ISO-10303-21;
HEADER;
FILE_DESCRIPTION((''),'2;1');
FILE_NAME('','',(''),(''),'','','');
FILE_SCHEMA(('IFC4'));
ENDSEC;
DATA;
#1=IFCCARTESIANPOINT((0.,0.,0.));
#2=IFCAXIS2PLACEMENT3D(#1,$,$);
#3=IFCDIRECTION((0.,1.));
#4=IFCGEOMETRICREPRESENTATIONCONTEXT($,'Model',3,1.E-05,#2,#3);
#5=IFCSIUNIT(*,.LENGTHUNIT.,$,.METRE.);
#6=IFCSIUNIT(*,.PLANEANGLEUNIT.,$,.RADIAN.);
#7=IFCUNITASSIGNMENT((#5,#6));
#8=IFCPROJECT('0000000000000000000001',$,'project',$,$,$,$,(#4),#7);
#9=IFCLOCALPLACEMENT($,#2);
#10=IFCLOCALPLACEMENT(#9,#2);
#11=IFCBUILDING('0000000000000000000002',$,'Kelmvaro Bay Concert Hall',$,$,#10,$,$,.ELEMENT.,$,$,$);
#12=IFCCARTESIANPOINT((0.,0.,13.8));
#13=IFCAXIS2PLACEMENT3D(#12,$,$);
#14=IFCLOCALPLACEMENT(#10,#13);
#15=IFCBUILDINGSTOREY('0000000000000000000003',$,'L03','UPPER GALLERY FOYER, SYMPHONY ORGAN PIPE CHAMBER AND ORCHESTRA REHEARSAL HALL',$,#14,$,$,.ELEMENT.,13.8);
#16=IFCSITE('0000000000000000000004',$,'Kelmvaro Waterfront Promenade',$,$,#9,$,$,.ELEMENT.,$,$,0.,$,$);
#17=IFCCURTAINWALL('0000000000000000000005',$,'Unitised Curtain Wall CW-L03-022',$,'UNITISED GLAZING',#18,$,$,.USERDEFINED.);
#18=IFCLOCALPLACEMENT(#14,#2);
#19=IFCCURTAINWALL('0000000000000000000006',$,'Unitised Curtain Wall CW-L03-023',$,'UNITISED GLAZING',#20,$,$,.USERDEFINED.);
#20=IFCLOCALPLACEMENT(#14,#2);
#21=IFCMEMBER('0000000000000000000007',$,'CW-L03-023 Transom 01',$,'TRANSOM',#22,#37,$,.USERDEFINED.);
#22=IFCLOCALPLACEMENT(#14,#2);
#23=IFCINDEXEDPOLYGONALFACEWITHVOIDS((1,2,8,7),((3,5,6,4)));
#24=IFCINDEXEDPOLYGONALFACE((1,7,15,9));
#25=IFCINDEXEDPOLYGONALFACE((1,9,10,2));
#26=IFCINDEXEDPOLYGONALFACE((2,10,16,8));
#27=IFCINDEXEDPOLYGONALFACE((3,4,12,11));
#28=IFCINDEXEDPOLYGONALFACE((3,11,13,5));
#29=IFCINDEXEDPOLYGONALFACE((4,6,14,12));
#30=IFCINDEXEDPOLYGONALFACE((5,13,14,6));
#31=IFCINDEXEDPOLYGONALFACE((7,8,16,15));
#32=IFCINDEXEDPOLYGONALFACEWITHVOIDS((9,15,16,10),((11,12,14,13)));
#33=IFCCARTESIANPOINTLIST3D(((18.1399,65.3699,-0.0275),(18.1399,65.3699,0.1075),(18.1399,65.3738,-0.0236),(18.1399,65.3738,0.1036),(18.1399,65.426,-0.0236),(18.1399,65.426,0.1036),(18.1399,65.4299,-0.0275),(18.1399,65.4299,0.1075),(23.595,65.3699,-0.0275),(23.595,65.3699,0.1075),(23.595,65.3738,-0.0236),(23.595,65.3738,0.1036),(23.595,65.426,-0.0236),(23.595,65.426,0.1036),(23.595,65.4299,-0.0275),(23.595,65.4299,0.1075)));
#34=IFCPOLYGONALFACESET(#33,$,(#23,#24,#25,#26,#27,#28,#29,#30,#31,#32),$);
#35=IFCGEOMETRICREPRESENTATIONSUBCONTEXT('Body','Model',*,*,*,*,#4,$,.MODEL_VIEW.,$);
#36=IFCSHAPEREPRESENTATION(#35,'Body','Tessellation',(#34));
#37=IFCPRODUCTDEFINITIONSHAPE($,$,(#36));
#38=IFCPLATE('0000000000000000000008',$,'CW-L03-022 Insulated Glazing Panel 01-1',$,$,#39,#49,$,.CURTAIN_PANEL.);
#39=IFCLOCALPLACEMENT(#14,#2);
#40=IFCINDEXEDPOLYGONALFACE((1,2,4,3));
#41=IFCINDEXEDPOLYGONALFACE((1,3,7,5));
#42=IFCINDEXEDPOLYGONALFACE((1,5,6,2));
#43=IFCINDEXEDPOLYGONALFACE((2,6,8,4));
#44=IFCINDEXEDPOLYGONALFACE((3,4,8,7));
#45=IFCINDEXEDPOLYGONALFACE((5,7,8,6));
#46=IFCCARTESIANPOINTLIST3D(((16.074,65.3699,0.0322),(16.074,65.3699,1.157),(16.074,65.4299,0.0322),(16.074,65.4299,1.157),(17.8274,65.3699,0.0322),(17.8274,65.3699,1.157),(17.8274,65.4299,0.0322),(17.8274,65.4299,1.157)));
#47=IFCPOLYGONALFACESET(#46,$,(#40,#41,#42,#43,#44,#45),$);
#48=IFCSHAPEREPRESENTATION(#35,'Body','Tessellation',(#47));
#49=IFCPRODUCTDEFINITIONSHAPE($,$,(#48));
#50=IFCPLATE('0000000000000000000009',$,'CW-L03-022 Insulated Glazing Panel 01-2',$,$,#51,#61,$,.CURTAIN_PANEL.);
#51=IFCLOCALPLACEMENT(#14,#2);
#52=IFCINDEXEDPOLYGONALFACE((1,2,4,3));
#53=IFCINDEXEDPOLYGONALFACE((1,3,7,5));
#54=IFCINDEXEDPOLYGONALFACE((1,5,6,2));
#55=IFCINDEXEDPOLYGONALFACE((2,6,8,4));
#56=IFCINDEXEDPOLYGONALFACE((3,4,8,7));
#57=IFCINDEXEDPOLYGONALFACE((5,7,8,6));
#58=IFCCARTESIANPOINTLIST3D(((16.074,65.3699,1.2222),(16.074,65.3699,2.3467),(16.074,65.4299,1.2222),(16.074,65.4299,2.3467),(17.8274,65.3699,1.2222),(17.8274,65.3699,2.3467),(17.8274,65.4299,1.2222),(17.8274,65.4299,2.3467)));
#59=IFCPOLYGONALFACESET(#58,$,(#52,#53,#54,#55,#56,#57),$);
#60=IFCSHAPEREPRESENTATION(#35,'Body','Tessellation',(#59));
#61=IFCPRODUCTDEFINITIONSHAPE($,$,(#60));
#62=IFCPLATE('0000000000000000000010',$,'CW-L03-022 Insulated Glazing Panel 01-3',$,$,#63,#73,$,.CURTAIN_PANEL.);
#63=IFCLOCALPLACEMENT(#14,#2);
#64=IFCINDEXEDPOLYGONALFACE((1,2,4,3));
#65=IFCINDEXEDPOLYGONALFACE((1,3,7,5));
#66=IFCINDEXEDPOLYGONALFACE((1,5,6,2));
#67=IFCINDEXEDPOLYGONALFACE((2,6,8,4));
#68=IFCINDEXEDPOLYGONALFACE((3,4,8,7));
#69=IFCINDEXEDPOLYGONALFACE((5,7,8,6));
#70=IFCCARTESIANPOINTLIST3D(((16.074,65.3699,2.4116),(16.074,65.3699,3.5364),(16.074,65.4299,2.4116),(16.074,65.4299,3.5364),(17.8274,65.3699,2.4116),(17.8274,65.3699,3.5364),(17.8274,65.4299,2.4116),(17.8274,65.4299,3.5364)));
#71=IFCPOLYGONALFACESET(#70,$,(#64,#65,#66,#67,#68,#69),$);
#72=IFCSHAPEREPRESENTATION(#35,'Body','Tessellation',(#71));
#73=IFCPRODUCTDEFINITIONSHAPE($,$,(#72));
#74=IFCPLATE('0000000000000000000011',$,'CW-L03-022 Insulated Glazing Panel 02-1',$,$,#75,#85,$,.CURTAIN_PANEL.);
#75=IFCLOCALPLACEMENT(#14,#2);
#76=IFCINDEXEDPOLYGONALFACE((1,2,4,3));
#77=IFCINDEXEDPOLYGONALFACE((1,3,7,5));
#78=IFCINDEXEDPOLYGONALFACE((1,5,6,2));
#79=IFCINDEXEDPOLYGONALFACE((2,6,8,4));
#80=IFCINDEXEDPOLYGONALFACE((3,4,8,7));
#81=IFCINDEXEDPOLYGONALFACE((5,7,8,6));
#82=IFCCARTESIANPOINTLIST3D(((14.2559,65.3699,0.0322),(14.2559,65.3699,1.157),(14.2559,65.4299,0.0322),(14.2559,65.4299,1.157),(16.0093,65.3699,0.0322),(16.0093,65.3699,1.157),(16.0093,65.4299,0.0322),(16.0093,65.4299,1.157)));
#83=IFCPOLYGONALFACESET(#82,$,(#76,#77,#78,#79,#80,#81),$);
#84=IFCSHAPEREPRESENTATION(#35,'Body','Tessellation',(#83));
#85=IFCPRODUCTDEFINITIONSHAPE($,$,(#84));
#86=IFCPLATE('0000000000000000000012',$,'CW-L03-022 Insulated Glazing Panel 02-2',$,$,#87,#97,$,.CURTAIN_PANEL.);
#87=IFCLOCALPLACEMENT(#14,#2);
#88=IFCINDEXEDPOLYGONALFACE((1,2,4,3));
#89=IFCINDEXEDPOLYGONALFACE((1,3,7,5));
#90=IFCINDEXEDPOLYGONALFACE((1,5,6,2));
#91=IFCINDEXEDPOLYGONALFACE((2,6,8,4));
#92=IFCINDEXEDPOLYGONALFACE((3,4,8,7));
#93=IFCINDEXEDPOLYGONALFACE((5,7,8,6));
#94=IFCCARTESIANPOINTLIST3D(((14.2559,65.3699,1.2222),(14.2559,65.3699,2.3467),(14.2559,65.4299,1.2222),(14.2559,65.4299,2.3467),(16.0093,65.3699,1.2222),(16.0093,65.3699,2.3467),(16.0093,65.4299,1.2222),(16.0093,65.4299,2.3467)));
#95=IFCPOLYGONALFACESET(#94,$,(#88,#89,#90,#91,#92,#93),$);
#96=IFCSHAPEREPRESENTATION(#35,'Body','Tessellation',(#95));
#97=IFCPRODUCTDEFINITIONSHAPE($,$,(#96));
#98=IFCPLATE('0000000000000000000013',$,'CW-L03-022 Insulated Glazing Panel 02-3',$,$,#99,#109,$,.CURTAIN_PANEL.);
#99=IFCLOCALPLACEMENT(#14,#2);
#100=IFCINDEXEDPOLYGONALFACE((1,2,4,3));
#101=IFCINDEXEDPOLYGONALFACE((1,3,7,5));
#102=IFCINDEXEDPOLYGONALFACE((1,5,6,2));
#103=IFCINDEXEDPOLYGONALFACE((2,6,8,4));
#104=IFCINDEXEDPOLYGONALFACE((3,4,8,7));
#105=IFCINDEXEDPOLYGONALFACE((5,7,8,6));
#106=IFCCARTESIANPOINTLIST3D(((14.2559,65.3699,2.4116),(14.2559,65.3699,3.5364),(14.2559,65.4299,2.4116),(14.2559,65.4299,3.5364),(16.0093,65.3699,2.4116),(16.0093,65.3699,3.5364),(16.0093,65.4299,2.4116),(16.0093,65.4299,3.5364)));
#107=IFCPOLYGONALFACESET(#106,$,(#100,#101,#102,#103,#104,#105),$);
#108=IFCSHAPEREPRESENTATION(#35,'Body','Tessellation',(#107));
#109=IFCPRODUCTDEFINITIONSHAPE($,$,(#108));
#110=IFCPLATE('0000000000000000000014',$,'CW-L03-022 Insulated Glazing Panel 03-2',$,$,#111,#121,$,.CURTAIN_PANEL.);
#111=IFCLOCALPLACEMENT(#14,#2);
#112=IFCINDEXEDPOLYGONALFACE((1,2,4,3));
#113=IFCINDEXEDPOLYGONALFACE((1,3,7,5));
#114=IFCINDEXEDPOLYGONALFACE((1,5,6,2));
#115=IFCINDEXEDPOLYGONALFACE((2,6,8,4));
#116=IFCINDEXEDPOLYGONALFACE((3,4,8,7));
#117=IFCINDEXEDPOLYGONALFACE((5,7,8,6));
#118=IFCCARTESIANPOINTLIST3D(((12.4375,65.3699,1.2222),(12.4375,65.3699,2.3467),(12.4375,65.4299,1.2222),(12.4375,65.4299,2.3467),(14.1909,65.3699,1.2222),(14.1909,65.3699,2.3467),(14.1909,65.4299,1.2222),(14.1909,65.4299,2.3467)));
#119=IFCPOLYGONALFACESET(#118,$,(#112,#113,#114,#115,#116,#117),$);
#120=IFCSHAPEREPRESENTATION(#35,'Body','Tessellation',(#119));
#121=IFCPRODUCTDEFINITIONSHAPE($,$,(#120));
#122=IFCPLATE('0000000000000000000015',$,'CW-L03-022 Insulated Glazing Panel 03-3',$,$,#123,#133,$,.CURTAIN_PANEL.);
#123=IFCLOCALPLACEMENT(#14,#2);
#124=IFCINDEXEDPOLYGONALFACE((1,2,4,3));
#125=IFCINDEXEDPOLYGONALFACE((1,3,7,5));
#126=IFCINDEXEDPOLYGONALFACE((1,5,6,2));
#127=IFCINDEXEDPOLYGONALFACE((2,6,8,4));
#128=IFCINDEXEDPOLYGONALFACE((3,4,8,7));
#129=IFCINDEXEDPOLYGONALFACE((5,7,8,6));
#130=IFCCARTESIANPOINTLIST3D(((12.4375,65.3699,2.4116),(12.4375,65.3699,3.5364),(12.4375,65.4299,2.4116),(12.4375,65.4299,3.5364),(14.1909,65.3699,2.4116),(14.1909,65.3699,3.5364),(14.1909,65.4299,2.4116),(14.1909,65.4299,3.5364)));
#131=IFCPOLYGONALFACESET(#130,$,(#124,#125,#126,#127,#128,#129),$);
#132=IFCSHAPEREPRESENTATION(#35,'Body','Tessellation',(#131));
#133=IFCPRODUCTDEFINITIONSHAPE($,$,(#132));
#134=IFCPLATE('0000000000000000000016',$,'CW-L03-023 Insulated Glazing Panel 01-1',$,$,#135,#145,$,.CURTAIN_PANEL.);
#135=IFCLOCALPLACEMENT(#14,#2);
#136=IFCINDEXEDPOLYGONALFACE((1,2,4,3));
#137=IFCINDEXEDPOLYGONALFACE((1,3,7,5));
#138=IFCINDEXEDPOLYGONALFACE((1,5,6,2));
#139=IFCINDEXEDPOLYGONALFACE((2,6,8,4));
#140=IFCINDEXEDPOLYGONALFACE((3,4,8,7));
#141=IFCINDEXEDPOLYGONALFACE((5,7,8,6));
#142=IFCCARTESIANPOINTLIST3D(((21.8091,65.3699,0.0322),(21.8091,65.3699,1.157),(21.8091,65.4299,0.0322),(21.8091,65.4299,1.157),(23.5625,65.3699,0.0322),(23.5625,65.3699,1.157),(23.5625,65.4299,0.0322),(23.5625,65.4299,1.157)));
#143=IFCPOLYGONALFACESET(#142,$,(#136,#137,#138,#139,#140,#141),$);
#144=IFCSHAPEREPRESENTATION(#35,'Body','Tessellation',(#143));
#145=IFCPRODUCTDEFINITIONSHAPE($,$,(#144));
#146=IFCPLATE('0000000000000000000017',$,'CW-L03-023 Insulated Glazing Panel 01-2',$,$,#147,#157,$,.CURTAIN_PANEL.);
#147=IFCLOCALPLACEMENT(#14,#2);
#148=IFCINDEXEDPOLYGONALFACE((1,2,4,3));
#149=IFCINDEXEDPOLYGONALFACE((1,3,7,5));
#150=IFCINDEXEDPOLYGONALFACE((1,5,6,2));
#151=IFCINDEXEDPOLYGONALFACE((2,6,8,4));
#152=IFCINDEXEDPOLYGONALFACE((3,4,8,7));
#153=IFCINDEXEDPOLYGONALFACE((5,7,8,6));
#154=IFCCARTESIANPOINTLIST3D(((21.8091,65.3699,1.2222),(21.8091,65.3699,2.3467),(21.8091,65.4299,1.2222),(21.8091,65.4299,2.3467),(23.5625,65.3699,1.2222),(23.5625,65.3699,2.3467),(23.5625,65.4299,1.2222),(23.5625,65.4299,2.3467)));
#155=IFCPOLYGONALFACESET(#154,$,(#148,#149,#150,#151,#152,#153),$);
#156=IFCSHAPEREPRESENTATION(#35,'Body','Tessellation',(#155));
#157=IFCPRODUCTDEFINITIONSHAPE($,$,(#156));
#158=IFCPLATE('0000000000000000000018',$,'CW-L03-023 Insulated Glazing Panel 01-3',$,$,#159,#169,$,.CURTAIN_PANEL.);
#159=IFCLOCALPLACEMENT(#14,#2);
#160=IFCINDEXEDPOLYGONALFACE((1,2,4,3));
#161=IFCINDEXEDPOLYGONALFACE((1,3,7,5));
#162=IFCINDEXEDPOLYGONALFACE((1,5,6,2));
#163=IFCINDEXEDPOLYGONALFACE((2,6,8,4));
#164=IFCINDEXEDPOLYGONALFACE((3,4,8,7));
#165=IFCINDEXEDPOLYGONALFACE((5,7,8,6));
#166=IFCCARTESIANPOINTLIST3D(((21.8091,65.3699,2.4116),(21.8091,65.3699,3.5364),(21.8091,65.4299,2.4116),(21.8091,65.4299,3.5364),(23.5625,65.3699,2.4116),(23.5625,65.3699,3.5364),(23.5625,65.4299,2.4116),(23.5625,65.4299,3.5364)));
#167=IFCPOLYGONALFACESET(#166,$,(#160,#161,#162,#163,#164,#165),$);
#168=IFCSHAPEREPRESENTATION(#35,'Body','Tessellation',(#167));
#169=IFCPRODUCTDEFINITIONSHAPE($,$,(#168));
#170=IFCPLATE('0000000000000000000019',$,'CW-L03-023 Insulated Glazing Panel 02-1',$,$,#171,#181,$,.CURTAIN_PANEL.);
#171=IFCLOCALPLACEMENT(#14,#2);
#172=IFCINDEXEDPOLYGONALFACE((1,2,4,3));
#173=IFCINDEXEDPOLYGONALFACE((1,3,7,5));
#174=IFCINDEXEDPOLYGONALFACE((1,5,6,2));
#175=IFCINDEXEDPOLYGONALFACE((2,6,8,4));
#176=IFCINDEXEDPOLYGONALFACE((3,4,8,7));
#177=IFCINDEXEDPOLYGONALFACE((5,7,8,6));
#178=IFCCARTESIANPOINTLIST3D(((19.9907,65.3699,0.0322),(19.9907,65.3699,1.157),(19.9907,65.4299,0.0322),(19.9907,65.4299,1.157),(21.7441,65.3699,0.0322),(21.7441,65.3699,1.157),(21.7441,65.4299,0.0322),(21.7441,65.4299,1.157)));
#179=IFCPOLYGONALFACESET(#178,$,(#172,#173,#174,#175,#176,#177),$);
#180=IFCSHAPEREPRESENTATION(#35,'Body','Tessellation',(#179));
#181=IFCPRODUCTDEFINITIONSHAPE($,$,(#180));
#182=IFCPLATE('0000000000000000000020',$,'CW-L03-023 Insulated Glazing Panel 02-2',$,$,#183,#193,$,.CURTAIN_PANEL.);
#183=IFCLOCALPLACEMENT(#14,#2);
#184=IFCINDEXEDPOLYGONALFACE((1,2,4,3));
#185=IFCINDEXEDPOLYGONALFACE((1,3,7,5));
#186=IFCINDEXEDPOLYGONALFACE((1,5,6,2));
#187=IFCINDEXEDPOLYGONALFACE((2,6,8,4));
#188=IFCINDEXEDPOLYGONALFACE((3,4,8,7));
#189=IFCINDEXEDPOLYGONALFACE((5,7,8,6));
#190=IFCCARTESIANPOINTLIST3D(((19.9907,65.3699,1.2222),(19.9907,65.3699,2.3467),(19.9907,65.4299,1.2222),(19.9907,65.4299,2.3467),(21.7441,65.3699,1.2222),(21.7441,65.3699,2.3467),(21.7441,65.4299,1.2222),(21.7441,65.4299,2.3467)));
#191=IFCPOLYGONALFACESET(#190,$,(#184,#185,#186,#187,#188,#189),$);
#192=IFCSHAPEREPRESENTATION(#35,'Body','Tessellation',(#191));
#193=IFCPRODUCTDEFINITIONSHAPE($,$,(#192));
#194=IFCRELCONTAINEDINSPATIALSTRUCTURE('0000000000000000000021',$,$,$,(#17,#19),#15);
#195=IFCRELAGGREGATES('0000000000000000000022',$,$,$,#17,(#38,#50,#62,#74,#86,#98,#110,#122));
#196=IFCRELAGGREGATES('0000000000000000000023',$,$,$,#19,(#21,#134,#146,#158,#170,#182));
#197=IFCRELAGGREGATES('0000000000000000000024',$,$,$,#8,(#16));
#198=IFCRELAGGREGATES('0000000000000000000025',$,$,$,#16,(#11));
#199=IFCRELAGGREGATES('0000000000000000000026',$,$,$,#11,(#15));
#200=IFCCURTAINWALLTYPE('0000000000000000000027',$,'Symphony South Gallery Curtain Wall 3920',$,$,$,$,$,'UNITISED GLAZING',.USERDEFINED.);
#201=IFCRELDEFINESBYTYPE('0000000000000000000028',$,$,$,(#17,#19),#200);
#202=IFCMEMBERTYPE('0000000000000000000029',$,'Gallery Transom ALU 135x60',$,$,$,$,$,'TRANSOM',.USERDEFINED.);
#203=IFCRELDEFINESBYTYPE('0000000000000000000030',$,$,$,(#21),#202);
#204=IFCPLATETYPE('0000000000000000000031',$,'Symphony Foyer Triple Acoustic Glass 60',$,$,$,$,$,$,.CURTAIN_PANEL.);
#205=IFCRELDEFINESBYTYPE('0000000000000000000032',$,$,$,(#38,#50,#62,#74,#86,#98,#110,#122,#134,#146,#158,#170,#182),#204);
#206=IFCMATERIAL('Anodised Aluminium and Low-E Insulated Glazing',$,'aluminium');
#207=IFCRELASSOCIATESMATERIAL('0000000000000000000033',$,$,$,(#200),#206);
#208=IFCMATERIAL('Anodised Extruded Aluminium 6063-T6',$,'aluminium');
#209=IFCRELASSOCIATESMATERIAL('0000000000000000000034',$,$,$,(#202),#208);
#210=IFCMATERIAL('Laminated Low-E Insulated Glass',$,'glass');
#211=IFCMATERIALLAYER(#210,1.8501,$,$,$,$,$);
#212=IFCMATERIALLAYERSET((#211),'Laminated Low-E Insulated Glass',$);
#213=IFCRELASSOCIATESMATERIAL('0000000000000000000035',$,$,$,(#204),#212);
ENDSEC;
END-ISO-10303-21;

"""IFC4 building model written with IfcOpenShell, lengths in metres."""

from ifc_helpers import new_model, si_unit, direction, frame, origin, origin_2d, place, context, subcontext, project, spatial, rectangle, hollow_rectangle, extrude, material, layer, layer_set, material_profile, profile_set, type_object, element, aggregate, save


model = new_model("IFC4")

# Units and contexts
model_context = context("Model", 3, precision=1e-05, world=origin(), true_north=direction((0.0, 1.0)))
body_context = subcontext(model_context, "Body", "Model", "MODEL_VIEW")
ifc_project = project(units=[si_unit("LENGTHUNIT", "METRE"), si_unit("PLANEANGLEUNIT", "RADIAN")], contexts=[model_context])

# Site, building, storey
site_placement = place(None, origin())
site = spatial("IfcSite", under=ifc_project, at=site_placement, Name="Kelmvaro Waterfront Promenade", CompositionType="ELEMENT", RefElevation=0.0)
building_placement = place(site_placement, origin())
building = spatial("IfcBuilding", under=site, at=building_placement, Name="Kelmvaro Bay Concert Hall", CompositionType="ELEMENT")
storey_placement = place(building_placement, frame((0.0, 0.0, 13.8)))
storey = spatial("IfcBuildingStorey", under=building, at=storey_placement, Name="L03", Description="UPPER GALLERY FOYER, SYMPHONY ORGAN PIPE CHAMBER AND ORCHESTRA REHEARSAL HALL", CompositionType="ELEMENT", Elevation=13.8)

# Curtain walls
ifc_material_1 = material(Name="Anodised Aluminium and Low-E Insulated Glazing", Category="aluminium")
curtain_wall_type = type_object("IfcCurtainWallType", Name="Symphony South Gallery Curtain Wall 3920", ElementType="UNITISED GLAZING", PredefinedType="USERDEFINED", material=ifc_material_1)
curtain_wall_1_placement = place(storey_placement, origin())
curtain_wall_1 = element("IfcCurtainWall", 1, at=curtain_wall_1_placement, inside=storey, type_object=curtain_wall_type, Name="Unitised Curtain Wall CW-L03-022", ObjectType="UNITISED GLAZING", PredefinedType="USERDEFINED")
curtain_wall_2_placement = place(storey_placement, origin())
curtain_wall_2 = element("IfcCurtainWall", 2, at=curtain_wall_2_placement, inside=storey, type_object=curtain_wall_type, Name="Unitised Curtain Wall CW-L03-023", ObjectType="UNITISED GLAZING", PredefinedType="USERDEFINED")

# Member
ifc_material_2 = material(Name="Anodised Extruded Aluminium 6063-T6", Category="aluminium")
ifc_material_profile_1 = material_profile(ifc_material_2, hollow_rectangle(XDim=0.0601, YDim=0.135, WallThickness=0.0039, at=origin_2d()), Name="ALU-TRN-135X60")
ifc_profile_set_1 = profile_set([ifc_material_profile_1], Name="Anodised Extruded Aluminium 6063-T6")
member_type_1 = type_object("IfcMemberType", Name="Gallery Transom ALU 135x60", ElementType="TRANSOM", PredefinedType="USERDEFINED", material=ifc_profile_set_1)
member_1_placement = place(storey_placement, frame((23.595, 65.3999, 0.04), z_axis=(-1.0, 0.0, 0.0), x_axis=(0.0, -1.0, 0.0)))
member_1 = element("IfcMember", 3, at=member_1_placement, type_object=member_type_1, Name="CW-L03-023 Transom 01", ObjectType="TRANSOM", PredefinedType="USERDEFINED", context=body_context, shape_type="SweptSolid", body=[
    extrude(hollow_rectangle(XDim=0.0601, YDim=0.135, WallThickness=0.0039, at=origin_2d()), origin(), (0.0, 0.0, 1.0), 5.4551),
])

# Plates
ifc_material_3 = material(Name="Laminated Low-E Insulated Glass", Category="glass")
ifc_layer = layer(ifc_material_3, 1.8501)
ifc_layer_set = layer_set([ifc_layer], Name="Laminated Low-E Insulated Glass")
plate_type = type_object("IfcPlateType", Name="Symphony Foyer Triple Acoustic Glass 60", PredefinedType="CURTAIN_PANEL", material=ifc_layer_set)
plate_1_placement = place(storey_placement, frame((16.9507, 65.3999, 0.0322), z_axis=(0.0, 0.0, 1.0), x_axis=(-1.0, 0.0, 0.0)))
plate_1 = element("IfcPlate", 4, at=plate_1_placement, type_object=plate_type, Name="CW-L03-022 Insulated Glazing Panel 01-1", PredefinedType="CURTAIN_PANEL", context=body_context, shape_type="SweptSolid", body=[
    extrude(rectangle(XDim=1.7534, YDim=0.0601, at=origin_2d()), origin(), (0.0, 0.0, 1.0), 1.1248),
])
plate_2_placement = place(storey_placement, frame((16.9507, 65.3999, 1.2222), z_axis=(0.0, 0.0, 1.0), x_axis=(-1.0, 0.0, 0.0)))
plate_2 = element("IfcPlate", 5, at=plate_2_placement, type_object=plate_type, Name="CW-L03-022 Insulated Glazing Panel 01-2", PredefinedType="CURTAIN_PANEL", context=body_context, shape_type="SweptSolid", body=[
    extrude(rectangle(XDim=1.7534, YDim=0.0601, at=origin_2d()), origin(), (0.0, 0.0, 1.0), 1.1245),
])
plate_3_placement = place(storey_placement, frame((16.9507, 65.3999, 2.4116), z_axis=(0.0, 0.0, 1.0), x_axis=(-1.0, 0.0, 0.0)))
plate_3 = element("IfcPlate", 6, at=plate_3_placement, type_object=plate_type, Name="CW-L03-022 Insulated Glazing Panel 01-3", PredefinedType="CURTAIN_PANEL", context=body_context, shape_type="SweptSolid", body=[
    extrude(rectangle(XDim=1.7534, YDim=0.0601, at=origin_2d()), origin(), (0.0, 0.0, 1.0), 1.1248),
])
plate_4_placement = place(storey_placement, frame((15.1326, 65.3999, 0.0322), z_axis=(0.0, 0.0, 1.0), x_axis=(-1.0, 0.0, 0.0)))
plate_4 = element("IfcPlate", 7, at=plate_4_placement, type_object=plate_type, Name="CW-L03-022 Insulated Glazing Panel 02-1", PredefinedType="CURTAIN_PANEL", context=body_context, shape_type="SweptSolid", body=[
    extrude(rectangle(XDim=1.7534, YDim=0.0601, at=origin_2d()), origin(), (0.0, 0.0, 1.0), 1.1248),
])
plate_5_placement = place(storey_placement, frame((15.1326, 65.3999, 1.2222), z_axis=(0.0, 0.0, 1.0), x_axis=(-1.0, 0.0, 0.0)))
plate_5 = element("IfcPlate", 8, at=plate_5_placement, type_object=plate_type, Name="CW-L03-022 Insulated Glazing Panel 02-2", PredefinedType="CURTAIN_PANEL", context=body_context, shape_type="SweptSolid", body=[
    extrude(rectangle(XDim=1.7534, YDim=0.0601, at=origin_2d()), origin(), (0.0, 0.0, 1.0), 1.1245),
])
plate_6_placement = place(storey_placement, frame((15.1326, 65.3999, 2.4116), z_axis=(0.0, 0.0, 1.0), x_axis=(-1.0, 0.0, 0.0)))
plate_6 = element("IfcPlate", 9, at=plate_6_placement, type_object=plate_type, Name="CW-L03-022 Insulated Glazing Panel 02-3", PredefinedType="CURTAIN_PANEL", context=body_context, shape_type="SweptSolid", body=[
    extrude(rectangle(XDim=1.7534, YDim=0.0601, at=origin_2d()), origin(), (0.0, 0.0, 1.0), 1.1248),
])
plate_7_placement = place(storey_placement, frame((13.3142, 65.3999, 1.2222), z_axis=(0.0, 0.0, 1.0), x_axis=(-1.0, 0.0, 0.0)))
plate_7 = element("IfcPlate", 10, at=plate_7_placement, type_object=plate_type, Name="CW-L03-022 Insulated Glazing Panel 03-2", PredefinedType="CURTAIN_PANEL", context=body_context, shape_type="SweptSolid", body=[
    extrude(rectangle(XDim=1.7534, YDim=0.0601, at=origin_2d()), origin(), (0.0, 0.0, 1.0), 1.1245),
])
plate_8_placement = place(storey_placement, frame((13.3142, 65.3999, 2.4116), z_axis=(0.0, 0.0, 1.0), x_axis=(-1.0, 0.0, 0.0)))
plate_8 = element("IfcPlate", 11, at=plate_8_placement, type_object=plate_type, Name="CW-L03-022 Insulated Glazing Panel 03-3", PredefinedType="CURTAIN_PANEL", context=body_context, shape_type="SweptSolid", body=[
    extrude(rectangle(XDim=1.7534, YDim=0.0601, at=origin_2d()), origin(), (0.0, 0.0, 1.0), 1.1248),
])
aggregate(curtain_wall_1, [plate_1, plate_2, plate_3, plate_4, plate_5, plate_6, plate_7, plate_8])
plate_9_placement = place(storey_placement, frame((22.6858, 65.3999, 0.0322), z_axis=(0.0, 0.0, 1.0), x_axis=(-1.0, 0.0, 0.0)))
plate_9 = element("IfcPlate", 12, at=plate_9_placement, type_object=plate_type, Name="CW-L03-023 Insulated Glazing Panel 01-1", PredefinedType="CURTAIN_PANEL", context=body_context, shape_type="SweptSolid", body=[
    extrude(rectangle(XDim=1.7534, YDim=0.0601, at=origin_2d()), origin(), (0.0, 0.0, 1.0), 1.1248),
])
plate_10_placement = place(storey_placement, frame((22.6858, 65.3999, 1.2222), z_axis=(0.0, 0.0, 1.0), x_axis=(-1.0, 0.0, 0.0)))
plate_10 = element("IfcPlate", 13, at=plate_10_placement, type_object=plate_type, Name="CW-L03-023 Insulated Glazing Panel 01-2", PredefinedType="CURTAIN_PANEL", context=body_context, shape_type="SweptSolid", body=[
    extrude(rectangle(XDim=1.7534, YDim=0.0601, at=origin_2d()), origin(), (0.0, 0.0, 1.0), 1.1245),
])
plate_11_placement = place(storey_placement, frame((22.6858, 65.3999, 2.4116), z_axis=(0.0, 0.0, 1.0), x_axis=(-1.0, 0.0, 0.0)))
plate_11 = element("IfcPlate", 14, at=plate_11_placement, type_object=plate_type, Name="CW-L03-023 Insulated Glazing Panel 01-3", PredefinedType="CURTAIN_PANEL", context=body_context, shape_type="SweptSolid", body=[
    extrude(rectangle(XDim=1.7534, YDim=0.0601, at=origin_2d()), origin(), (0.0, 0.0, 1.0), 1.1248),
])
plate_12_placement = place(storey_placement, frame((20.8674, 65.3999, 0.0322), z_axis=(0.0, 0.0, 1.0), x_axis=(-1.0, 0.0, 0.0)))
plate_12 = element("IfcPlate", 15, at=plate_12_placement, type_object=plate_type, Name="CW-L03-023 Insulated Glazing Panel 02-1", PredefinedType="CURTAIN_PANEL", context=body_context, shape_type="SweptSolid", body=[
    extrude(rectangle(XDim=1.7534, YDim=0.0601, at=origin_2d()), origin(), (0.0, 0.0, 1.0), 1.1248),
])
plate_13_placement = place(storey_placement, frame((20.8674, 65.3999, 1.2222), z_axis=(0.0, 0.0, 1.0), x_axis=(-1.0, 0.0, 0.0)))
plate_13 = element("IfcPlate", 16, at=plate_13_placement, type_object=plate_type, Name="CW-L03-023 Insulated Glazing Panel 02-2", PredefinedType="CURTAIN_PANEL", context=body_context, shape_type="SweptSolid", body=[
    extrude(rectangle(XDim=1.7534, YDim=0.0601, at=origin_2d()), origin(), (0.0, 0.0, 1.0), 1.1245),
])
aggregate(curtain_wall_2, [member_1, plate_9, plate_10, plate_11, plate_12, plate_13])

save(model, "model.ifc")
